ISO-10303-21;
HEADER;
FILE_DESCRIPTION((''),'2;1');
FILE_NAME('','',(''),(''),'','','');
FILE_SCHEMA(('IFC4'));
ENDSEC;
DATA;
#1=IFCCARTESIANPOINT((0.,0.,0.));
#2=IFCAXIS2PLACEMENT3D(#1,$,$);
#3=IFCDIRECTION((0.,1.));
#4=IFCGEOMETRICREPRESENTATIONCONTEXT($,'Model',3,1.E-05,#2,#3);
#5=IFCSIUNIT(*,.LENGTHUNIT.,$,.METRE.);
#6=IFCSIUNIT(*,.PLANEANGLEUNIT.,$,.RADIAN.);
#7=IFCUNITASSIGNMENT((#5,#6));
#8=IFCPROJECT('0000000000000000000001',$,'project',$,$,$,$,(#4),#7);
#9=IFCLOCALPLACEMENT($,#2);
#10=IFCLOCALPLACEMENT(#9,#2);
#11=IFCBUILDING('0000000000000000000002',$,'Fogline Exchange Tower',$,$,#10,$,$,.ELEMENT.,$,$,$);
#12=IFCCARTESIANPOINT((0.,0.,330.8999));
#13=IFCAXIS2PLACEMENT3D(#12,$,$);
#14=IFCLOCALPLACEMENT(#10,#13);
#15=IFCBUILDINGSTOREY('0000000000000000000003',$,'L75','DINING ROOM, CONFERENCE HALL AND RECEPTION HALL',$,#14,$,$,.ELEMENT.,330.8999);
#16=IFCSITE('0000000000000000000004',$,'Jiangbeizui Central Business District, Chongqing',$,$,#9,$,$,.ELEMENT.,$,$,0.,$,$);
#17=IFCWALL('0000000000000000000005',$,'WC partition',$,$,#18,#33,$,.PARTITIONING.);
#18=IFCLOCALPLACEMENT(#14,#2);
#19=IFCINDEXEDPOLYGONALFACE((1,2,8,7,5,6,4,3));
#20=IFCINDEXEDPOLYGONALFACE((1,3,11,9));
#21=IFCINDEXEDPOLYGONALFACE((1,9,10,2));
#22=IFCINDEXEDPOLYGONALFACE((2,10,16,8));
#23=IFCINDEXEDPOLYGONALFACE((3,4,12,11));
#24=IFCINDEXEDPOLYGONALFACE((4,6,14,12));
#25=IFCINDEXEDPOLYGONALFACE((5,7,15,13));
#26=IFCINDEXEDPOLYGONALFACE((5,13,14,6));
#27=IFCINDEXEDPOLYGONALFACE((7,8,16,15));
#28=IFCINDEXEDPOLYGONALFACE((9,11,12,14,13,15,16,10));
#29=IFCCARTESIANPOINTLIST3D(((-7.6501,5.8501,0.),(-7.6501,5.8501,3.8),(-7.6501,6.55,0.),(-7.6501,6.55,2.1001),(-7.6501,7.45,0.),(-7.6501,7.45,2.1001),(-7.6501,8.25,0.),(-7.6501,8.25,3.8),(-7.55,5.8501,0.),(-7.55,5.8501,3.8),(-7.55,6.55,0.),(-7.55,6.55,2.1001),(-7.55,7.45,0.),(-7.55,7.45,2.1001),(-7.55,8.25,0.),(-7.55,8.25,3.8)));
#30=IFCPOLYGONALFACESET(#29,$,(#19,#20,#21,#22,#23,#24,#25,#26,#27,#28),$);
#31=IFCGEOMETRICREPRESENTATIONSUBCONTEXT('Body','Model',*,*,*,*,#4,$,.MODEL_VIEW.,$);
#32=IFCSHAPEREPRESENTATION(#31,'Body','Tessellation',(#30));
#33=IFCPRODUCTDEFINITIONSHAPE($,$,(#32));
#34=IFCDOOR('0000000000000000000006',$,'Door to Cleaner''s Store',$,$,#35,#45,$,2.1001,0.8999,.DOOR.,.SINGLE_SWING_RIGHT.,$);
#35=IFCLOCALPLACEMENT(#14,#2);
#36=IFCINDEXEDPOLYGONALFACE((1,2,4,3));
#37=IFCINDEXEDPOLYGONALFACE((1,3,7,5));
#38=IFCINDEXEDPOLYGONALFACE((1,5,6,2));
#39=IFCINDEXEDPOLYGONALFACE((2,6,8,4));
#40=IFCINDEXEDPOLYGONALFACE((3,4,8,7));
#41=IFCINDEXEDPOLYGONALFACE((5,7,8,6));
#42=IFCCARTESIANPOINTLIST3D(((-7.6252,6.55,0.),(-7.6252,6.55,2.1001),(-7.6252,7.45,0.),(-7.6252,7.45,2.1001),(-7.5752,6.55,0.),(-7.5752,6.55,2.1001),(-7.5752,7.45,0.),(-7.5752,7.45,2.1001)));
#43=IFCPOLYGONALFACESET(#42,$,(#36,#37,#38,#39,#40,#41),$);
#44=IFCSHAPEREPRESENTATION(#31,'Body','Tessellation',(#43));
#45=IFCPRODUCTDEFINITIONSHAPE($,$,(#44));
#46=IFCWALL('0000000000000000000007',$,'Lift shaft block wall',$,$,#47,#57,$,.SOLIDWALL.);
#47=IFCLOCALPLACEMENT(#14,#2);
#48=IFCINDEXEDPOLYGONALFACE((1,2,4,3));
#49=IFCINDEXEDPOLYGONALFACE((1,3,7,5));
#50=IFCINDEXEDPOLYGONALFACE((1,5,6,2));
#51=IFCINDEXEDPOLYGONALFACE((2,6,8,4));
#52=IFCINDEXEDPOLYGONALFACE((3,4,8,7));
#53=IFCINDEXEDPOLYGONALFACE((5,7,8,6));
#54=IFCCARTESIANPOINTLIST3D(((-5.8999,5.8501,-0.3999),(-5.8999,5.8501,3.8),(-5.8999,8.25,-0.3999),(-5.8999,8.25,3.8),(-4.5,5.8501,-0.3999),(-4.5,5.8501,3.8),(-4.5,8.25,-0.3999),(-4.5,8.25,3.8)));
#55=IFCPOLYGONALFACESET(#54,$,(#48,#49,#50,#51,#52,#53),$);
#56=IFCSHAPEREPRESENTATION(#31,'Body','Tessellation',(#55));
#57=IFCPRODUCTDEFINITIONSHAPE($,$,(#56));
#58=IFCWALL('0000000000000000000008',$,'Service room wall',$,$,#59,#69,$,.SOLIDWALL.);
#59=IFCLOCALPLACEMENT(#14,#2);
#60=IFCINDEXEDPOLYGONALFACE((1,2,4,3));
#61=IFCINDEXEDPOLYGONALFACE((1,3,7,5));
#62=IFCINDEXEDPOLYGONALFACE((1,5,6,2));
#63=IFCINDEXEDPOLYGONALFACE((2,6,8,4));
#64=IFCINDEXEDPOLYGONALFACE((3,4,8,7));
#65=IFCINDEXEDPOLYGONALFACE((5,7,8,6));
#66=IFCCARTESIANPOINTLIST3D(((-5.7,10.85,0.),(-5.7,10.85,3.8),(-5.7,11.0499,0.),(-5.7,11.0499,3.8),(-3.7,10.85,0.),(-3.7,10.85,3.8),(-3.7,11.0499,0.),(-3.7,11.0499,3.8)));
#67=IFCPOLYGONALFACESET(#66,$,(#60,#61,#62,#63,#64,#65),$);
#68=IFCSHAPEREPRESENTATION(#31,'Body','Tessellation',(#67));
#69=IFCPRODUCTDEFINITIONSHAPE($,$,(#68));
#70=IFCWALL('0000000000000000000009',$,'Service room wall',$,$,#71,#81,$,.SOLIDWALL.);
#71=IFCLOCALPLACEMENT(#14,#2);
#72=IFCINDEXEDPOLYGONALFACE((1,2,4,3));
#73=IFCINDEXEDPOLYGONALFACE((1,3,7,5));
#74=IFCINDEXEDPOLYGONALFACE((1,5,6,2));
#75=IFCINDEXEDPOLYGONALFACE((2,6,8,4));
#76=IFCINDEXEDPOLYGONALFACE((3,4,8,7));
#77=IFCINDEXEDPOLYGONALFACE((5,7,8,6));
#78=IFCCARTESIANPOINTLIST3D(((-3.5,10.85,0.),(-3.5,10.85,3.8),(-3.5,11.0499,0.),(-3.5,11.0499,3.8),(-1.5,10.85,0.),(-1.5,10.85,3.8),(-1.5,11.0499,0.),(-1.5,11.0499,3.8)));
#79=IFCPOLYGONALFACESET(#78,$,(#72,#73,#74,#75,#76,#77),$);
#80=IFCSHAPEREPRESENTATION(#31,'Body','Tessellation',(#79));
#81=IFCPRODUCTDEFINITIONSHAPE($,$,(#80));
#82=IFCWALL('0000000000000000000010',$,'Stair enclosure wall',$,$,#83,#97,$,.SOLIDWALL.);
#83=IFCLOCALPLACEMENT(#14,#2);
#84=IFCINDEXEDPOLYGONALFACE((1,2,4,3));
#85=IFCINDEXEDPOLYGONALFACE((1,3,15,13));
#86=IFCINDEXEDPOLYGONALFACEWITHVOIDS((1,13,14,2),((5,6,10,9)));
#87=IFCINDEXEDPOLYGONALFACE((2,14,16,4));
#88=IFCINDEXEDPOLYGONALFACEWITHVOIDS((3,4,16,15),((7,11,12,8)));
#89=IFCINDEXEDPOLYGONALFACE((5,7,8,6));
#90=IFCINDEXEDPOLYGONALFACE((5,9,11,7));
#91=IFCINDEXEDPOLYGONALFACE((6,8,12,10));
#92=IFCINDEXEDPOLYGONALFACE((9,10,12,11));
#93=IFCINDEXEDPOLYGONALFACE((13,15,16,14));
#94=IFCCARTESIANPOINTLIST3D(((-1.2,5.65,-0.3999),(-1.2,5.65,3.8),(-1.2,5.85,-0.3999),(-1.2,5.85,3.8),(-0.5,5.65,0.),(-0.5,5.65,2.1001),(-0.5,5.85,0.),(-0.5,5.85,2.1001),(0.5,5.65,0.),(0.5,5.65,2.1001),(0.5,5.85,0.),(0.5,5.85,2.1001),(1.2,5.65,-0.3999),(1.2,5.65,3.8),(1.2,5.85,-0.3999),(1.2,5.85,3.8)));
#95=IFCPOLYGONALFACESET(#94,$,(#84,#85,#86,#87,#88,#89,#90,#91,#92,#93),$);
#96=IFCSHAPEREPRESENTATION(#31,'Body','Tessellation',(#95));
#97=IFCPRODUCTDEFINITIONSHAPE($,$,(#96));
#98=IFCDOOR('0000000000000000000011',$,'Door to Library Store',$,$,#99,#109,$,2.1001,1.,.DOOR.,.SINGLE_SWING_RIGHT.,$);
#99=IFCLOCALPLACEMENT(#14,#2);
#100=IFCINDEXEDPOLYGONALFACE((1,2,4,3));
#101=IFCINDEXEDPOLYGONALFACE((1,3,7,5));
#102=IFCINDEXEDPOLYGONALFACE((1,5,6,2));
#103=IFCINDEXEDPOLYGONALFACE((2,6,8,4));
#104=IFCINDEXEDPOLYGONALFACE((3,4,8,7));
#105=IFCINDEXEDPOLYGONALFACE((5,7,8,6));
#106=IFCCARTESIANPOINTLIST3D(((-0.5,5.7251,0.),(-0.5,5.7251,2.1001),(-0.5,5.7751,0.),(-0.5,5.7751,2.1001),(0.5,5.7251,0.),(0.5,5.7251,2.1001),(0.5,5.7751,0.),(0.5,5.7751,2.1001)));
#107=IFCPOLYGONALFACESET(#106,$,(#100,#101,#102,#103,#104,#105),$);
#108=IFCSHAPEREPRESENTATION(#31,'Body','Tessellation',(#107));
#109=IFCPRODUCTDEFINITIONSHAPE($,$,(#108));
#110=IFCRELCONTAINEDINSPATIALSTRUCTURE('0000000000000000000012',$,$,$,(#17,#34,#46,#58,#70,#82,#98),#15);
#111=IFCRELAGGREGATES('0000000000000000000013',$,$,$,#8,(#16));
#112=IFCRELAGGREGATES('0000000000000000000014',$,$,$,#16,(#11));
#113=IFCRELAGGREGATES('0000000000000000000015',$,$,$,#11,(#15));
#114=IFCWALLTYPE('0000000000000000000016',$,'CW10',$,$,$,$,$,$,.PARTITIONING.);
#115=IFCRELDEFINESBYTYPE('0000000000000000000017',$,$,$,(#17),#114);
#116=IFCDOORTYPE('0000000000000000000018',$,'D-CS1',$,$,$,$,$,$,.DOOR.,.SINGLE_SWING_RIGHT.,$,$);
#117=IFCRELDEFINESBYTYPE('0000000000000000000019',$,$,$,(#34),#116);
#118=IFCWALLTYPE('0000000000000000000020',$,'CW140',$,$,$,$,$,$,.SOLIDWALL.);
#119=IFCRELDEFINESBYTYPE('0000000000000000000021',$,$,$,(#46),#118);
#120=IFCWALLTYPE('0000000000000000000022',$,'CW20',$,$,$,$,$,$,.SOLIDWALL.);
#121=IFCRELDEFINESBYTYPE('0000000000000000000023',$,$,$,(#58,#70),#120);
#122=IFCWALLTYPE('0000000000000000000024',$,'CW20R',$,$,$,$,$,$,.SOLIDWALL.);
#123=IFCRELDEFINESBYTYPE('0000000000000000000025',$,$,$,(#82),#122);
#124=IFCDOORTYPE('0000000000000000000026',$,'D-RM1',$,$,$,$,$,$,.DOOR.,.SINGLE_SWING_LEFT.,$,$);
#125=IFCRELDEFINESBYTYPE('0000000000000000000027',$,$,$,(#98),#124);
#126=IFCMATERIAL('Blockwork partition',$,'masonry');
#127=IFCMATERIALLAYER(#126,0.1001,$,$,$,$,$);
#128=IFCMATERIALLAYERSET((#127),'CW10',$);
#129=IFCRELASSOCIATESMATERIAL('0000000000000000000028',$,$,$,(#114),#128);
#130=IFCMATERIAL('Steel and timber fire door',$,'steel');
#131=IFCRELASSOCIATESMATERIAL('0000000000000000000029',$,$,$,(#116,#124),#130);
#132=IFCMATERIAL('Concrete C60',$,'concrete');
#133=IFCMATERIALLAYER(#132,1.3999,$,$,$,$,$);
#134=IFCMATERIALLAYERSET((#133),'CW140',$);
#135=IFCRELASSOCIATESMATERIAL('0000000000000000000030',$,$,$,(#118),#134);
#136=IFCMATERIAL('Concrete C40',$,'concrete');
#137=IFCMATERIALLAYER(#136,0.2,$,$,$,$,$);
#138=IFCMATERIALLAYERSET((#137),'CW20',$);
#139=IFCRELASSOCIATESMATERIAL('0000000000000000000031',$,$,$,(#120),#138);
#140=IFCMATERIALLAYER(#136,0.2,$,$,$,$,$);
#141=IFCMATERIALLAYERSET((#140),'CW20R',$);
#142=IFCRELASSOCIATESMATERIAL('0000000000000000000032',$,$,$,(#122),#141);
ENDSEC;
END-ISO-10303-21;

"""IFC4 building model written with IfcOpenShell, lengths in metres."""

from ifc_helpers import new_model, si_unit, direction, frame, frame_2d, origin, place, context, subcontext, project, spatial, rectangle, extrude, material, layer, layer_set, type_object, element, fill, save


model = new_model("IFC4")

# Units and contexts
model_context = context("Model", 3, precision=1e-05, world=origin(), true_north=direction((0.0, 1.0)))
body_context = subcontext(model_context, "Body", "Model", "MODEL_VIEW")
ifc_project = project(units=[si_unit("LENGTHUNIT", "METRE"), si_unit("PLANEANGLEUNIT", "RADIAN")], contexts=[model_context])

# Site, building, storey
site_placement = place(None, origin())
site = spatial("IfcSite", under=ifc_project, at=site_placement, Name="Jiangbeizui Central Business District, Chongqing", CompositionType="ELEMENT", RefElevation=0.0)
building_placement = place(site_placement, origin())
building = spatial("IfcBuilding", under=site, at=building_placement, Name="Fogline Exchange Tower", CompositionType="ELEMENT")
storey_placement = place(building_placement, frame((0.0, 0.0, 330.8999)))
storey = spatial("IfcBuildingStorey", under=building, at=storey_placement, Name="L75", Description="DINING ROOM, CONFERENCE HALL AND RECEPTION HALL", CompositionType="ELEMENT", Elevation=330.8999)

# Wall, opening, door
ifc_material_1 = material(Name="Blockwork partition", Category="masonry")
ifc_layer_1 = layer(ifc_material_1, 0.1001)
ifc_layer_set_1 = layer_set([ifc_layer_1], Name="CW10")
wall_type_1 = type_object("IfcWallType", Name="CW10", PredefinedType="PARTITIONING", material=ifc_layer_set_1)
wall_1_placement = place(storey_placement, frame((-7.6001, 5.8501, 0.0), z_axis=(0.0, 0.0, 1.0), x_axis=(0.0, 1.0, 0.0)))
wall_1 = element("IfcWall", 1, at=wall_1_placement, inside=storey, type_object=wall_type_1, Name="WC partition", PredefinedType="PARTITIONING", context=body_context, shape_type="SweptSolid", body=[
    extrude(rectangle(XDim=2.3999, YDim=0.1001, at=frame_2d((1.2, 0.0))), origin(), (0.0, 0.0, 1.0), 3.8),
])
opening_1_placement = place(wall_1_placement, frame((0.7, 0.0, 0.0)))
opening_1 = element("IfcOpeningElement", 2, at=opening_1_placement, cuts=wall_1, PredefinedType="OPENING", context=body_context, shape_type="SweptSolid", body=[
    extrude(rectangle(XDim=0.8999, YDim=2.1001, at=frame_2d((0.45, 1.05))), frame((0.0, 0.0601, 0.0), z_axis=(0.0, -1.0, 0.0), x_axis=(1.0, 0.0, 0.0)), (0.0, 0.0, 1.0), 0.1201),
])
ifc_material_2 = material(Name="Steel and timber fire door", Category="steel")
door_type_1 = type_object("IfcDoorType", Name="D-CS1", OperationType="SINGLE_SWING_RIGHT", PredefinedType="DOOR", material=ifc_material_2)
door_1_placement = place(opening_1_placement, frame((0.8999, 0.0, 0.0), z_axis=(0.0, 0.0, 1.0), x_axis=(-1.0, 0.0, 0.0)))
door_1 = element("IfcDoor", 3, at=door_1_placement, inside=storey, type_object=door_type_1, Name="Door to Cleaner's Store", OperationType="SINGLE_SWING_RIGHT", OverallHeight=2.1001, OverallWidth=0.8999, PredefinedType="DOOR", context=body_context, shape_type="SweptSolid", body=[
    extrude(rectangle(XDim=0.8999, YDim=2.1001, at=frame_2d((0.45, 1.05))), frame((0.0, 0.0249, 0.0), z_axis=(0.0, -1.0, 0.0), x_axis=(1.0, 0.0, 0.0)), (0.0, 0.0, 1.0), 0.05),
])
fill(opening_1, door_1)

# Walls
ifc_material_3 = material(Name="Concrete C60", Category="concrete")
ifc_layer_2 = layer(ifc_material_3, 1.3999)
ifc_layer_set_2 = layer_set([ifc_layer_2], Name="CW140")
wall_type_2 = type_object("IfcWallType", Name="CW140", PredefinedType="SOLIDWALL", material=ifc_layer_set_2)
wall_2_placement = place(storey_placement, frame((-5.2, 5.8501, -0.3999), z_axis=(0.0, 0.0, 1.0), x_axis=(0.0, 1.0, 0.0)))
element("IfcWall", 4, at=wall_2_placement, inside=storey, type_object=wall_type_2, Name="Lift shaft block wall", PredefinedType="SOLIDWALL", context=body_context, shape_type="SweptSolid", body=[
    extrude(rectangle(XDim=2.3999, YDim=1.3999, at=frame_2d((1.2, 0.0))), origin(), (0.0, 0.0, 1.0), 4.2),
])
ifc_material_4 = material(Name="Concrete C40", Category="concrete")
ifc_layer_3 = layer(ifc_material_4, 0.2)
ifc_layer_set_3 = layer_set([ifc_layer_3], Name="CW20")
wall_type_3 = type_object("IfcWallType", Name="CW20", PredefinedType="SOLIDWALL", material=ifc_layer_set_3)
for number, where, z_axis, x_axis, name in (
    (5, (-5.7, 10.95, 0.0), (0.0, 0.0, 1.0), (1.0, 0.0, 0.0), "Service room wall"),
    (6, (-3.5, 10.95, 0.0), (0.0, 0.0, 1.0), (1.0, 0.0, 0.0), "Service room wall"),
):
    element("IfcWall", number, at=place(storey_placement, frame(where, z_axis=z_axis, x_axis=x_axis)), inside=storey, type_object=wall_type_3, Name=name, PredefinedType="SOLIDWALL", context=body_context, shape_type="SweptSolid", body=[
        extrude(rectangle(XDim=2.0, YDim=0.2, at=frame_2d((1.0, 0.0))), origin(), (0.0, 0.0, 1.0), 3.8),
    ])

# Wall, opening, door
ifc_layer_4 = layer(ifc_material_4, 0.2)
ifc_layer_set_4 = layer_set([ifc_layer_4], Name="CW20R")
wall_type_4 = type_object("IfcWallType", Name="CW20R", PredefinedType="SOLIDWALL", material=ifc_layer_set_4)
wall_3_placement = place(storey_placement, frame((-1.2, 5.75, -0.3999), z_axis=(0.0, 0.0, 1.0), x_axis=(1.0, 0.0, 0.0)))
wall_3 = element("IfcWall", 7, at=wall_3_placement, inside=storey, type_object=wall_type_4, Name="Stair enclosure wall", PredefinedType="SOLIDWALL", context=body_context, shape_type="SweptSolid", body=[
    extrude(rectangle(XDim=2.3999, YDim=0.2, at=frame_2d((1.2, 0.0))), origin(), (0.0, 0.0, 1.0), 4.2),
])
opening_2_placement = place(wall_3_placement, frame((0.7, 0.0, 0.3999)))
opening_2 = element("IfcOpeningElement", 8, at=opening_2_placement, cuts=wall_3, PredefinedType="OPENING", context=body_context, shape_type="SweptSolid", body=[
    extrude(rectangle(XDim=1.0, YDim=2.1001, at=frame_2d((0.5, 1.05))), frame((0.0, 0.1099, 0.0), z_axis=(0.0, -1.0, 0.0), x_axis=(1.0, 0.0, 0.0)), (0.0, 0.0, 1.0), 0.22),
])
door_type_2 = type_object("IfcDoorType", Name="D-RM1", OperationType="SINGLE_SWING_LEFT", PredefinedType="DOOR", material=ifc_material_2)
door_2_placement = place(opening_2_placement, frame((1.0, 0.0, 0.0), z_axis=(0.0, 0.0, 1.0), x_axis=(-1.0, 0.0, 0.0)))
door_2 = element("IfcDoor", 9, at=door_2_placement, inside=storey, type_object=door_type_2, Name="Door to Library Store", OperationType="SINGLE_SWING_RIGHT", OverallHeight=2.1001, OverallWidth=1.0, PredefinedType="DOOR", context=body_context, shape_type="SweptSolid", body=[
    extrude(rectangle(XDim=1.0, YDim=2.1001, at=frame_2d((0.5, 1.05))), frame((0.0, 0.0249, 0.0), z_axis=(0.0, -1.0, 0.0), x_axis=(1.0, 0.0, 0.0)), (0.0, 0.0, 1.0), 0.05),
])
fill(opening_2, door_2)

save(model, "model.ifc")
